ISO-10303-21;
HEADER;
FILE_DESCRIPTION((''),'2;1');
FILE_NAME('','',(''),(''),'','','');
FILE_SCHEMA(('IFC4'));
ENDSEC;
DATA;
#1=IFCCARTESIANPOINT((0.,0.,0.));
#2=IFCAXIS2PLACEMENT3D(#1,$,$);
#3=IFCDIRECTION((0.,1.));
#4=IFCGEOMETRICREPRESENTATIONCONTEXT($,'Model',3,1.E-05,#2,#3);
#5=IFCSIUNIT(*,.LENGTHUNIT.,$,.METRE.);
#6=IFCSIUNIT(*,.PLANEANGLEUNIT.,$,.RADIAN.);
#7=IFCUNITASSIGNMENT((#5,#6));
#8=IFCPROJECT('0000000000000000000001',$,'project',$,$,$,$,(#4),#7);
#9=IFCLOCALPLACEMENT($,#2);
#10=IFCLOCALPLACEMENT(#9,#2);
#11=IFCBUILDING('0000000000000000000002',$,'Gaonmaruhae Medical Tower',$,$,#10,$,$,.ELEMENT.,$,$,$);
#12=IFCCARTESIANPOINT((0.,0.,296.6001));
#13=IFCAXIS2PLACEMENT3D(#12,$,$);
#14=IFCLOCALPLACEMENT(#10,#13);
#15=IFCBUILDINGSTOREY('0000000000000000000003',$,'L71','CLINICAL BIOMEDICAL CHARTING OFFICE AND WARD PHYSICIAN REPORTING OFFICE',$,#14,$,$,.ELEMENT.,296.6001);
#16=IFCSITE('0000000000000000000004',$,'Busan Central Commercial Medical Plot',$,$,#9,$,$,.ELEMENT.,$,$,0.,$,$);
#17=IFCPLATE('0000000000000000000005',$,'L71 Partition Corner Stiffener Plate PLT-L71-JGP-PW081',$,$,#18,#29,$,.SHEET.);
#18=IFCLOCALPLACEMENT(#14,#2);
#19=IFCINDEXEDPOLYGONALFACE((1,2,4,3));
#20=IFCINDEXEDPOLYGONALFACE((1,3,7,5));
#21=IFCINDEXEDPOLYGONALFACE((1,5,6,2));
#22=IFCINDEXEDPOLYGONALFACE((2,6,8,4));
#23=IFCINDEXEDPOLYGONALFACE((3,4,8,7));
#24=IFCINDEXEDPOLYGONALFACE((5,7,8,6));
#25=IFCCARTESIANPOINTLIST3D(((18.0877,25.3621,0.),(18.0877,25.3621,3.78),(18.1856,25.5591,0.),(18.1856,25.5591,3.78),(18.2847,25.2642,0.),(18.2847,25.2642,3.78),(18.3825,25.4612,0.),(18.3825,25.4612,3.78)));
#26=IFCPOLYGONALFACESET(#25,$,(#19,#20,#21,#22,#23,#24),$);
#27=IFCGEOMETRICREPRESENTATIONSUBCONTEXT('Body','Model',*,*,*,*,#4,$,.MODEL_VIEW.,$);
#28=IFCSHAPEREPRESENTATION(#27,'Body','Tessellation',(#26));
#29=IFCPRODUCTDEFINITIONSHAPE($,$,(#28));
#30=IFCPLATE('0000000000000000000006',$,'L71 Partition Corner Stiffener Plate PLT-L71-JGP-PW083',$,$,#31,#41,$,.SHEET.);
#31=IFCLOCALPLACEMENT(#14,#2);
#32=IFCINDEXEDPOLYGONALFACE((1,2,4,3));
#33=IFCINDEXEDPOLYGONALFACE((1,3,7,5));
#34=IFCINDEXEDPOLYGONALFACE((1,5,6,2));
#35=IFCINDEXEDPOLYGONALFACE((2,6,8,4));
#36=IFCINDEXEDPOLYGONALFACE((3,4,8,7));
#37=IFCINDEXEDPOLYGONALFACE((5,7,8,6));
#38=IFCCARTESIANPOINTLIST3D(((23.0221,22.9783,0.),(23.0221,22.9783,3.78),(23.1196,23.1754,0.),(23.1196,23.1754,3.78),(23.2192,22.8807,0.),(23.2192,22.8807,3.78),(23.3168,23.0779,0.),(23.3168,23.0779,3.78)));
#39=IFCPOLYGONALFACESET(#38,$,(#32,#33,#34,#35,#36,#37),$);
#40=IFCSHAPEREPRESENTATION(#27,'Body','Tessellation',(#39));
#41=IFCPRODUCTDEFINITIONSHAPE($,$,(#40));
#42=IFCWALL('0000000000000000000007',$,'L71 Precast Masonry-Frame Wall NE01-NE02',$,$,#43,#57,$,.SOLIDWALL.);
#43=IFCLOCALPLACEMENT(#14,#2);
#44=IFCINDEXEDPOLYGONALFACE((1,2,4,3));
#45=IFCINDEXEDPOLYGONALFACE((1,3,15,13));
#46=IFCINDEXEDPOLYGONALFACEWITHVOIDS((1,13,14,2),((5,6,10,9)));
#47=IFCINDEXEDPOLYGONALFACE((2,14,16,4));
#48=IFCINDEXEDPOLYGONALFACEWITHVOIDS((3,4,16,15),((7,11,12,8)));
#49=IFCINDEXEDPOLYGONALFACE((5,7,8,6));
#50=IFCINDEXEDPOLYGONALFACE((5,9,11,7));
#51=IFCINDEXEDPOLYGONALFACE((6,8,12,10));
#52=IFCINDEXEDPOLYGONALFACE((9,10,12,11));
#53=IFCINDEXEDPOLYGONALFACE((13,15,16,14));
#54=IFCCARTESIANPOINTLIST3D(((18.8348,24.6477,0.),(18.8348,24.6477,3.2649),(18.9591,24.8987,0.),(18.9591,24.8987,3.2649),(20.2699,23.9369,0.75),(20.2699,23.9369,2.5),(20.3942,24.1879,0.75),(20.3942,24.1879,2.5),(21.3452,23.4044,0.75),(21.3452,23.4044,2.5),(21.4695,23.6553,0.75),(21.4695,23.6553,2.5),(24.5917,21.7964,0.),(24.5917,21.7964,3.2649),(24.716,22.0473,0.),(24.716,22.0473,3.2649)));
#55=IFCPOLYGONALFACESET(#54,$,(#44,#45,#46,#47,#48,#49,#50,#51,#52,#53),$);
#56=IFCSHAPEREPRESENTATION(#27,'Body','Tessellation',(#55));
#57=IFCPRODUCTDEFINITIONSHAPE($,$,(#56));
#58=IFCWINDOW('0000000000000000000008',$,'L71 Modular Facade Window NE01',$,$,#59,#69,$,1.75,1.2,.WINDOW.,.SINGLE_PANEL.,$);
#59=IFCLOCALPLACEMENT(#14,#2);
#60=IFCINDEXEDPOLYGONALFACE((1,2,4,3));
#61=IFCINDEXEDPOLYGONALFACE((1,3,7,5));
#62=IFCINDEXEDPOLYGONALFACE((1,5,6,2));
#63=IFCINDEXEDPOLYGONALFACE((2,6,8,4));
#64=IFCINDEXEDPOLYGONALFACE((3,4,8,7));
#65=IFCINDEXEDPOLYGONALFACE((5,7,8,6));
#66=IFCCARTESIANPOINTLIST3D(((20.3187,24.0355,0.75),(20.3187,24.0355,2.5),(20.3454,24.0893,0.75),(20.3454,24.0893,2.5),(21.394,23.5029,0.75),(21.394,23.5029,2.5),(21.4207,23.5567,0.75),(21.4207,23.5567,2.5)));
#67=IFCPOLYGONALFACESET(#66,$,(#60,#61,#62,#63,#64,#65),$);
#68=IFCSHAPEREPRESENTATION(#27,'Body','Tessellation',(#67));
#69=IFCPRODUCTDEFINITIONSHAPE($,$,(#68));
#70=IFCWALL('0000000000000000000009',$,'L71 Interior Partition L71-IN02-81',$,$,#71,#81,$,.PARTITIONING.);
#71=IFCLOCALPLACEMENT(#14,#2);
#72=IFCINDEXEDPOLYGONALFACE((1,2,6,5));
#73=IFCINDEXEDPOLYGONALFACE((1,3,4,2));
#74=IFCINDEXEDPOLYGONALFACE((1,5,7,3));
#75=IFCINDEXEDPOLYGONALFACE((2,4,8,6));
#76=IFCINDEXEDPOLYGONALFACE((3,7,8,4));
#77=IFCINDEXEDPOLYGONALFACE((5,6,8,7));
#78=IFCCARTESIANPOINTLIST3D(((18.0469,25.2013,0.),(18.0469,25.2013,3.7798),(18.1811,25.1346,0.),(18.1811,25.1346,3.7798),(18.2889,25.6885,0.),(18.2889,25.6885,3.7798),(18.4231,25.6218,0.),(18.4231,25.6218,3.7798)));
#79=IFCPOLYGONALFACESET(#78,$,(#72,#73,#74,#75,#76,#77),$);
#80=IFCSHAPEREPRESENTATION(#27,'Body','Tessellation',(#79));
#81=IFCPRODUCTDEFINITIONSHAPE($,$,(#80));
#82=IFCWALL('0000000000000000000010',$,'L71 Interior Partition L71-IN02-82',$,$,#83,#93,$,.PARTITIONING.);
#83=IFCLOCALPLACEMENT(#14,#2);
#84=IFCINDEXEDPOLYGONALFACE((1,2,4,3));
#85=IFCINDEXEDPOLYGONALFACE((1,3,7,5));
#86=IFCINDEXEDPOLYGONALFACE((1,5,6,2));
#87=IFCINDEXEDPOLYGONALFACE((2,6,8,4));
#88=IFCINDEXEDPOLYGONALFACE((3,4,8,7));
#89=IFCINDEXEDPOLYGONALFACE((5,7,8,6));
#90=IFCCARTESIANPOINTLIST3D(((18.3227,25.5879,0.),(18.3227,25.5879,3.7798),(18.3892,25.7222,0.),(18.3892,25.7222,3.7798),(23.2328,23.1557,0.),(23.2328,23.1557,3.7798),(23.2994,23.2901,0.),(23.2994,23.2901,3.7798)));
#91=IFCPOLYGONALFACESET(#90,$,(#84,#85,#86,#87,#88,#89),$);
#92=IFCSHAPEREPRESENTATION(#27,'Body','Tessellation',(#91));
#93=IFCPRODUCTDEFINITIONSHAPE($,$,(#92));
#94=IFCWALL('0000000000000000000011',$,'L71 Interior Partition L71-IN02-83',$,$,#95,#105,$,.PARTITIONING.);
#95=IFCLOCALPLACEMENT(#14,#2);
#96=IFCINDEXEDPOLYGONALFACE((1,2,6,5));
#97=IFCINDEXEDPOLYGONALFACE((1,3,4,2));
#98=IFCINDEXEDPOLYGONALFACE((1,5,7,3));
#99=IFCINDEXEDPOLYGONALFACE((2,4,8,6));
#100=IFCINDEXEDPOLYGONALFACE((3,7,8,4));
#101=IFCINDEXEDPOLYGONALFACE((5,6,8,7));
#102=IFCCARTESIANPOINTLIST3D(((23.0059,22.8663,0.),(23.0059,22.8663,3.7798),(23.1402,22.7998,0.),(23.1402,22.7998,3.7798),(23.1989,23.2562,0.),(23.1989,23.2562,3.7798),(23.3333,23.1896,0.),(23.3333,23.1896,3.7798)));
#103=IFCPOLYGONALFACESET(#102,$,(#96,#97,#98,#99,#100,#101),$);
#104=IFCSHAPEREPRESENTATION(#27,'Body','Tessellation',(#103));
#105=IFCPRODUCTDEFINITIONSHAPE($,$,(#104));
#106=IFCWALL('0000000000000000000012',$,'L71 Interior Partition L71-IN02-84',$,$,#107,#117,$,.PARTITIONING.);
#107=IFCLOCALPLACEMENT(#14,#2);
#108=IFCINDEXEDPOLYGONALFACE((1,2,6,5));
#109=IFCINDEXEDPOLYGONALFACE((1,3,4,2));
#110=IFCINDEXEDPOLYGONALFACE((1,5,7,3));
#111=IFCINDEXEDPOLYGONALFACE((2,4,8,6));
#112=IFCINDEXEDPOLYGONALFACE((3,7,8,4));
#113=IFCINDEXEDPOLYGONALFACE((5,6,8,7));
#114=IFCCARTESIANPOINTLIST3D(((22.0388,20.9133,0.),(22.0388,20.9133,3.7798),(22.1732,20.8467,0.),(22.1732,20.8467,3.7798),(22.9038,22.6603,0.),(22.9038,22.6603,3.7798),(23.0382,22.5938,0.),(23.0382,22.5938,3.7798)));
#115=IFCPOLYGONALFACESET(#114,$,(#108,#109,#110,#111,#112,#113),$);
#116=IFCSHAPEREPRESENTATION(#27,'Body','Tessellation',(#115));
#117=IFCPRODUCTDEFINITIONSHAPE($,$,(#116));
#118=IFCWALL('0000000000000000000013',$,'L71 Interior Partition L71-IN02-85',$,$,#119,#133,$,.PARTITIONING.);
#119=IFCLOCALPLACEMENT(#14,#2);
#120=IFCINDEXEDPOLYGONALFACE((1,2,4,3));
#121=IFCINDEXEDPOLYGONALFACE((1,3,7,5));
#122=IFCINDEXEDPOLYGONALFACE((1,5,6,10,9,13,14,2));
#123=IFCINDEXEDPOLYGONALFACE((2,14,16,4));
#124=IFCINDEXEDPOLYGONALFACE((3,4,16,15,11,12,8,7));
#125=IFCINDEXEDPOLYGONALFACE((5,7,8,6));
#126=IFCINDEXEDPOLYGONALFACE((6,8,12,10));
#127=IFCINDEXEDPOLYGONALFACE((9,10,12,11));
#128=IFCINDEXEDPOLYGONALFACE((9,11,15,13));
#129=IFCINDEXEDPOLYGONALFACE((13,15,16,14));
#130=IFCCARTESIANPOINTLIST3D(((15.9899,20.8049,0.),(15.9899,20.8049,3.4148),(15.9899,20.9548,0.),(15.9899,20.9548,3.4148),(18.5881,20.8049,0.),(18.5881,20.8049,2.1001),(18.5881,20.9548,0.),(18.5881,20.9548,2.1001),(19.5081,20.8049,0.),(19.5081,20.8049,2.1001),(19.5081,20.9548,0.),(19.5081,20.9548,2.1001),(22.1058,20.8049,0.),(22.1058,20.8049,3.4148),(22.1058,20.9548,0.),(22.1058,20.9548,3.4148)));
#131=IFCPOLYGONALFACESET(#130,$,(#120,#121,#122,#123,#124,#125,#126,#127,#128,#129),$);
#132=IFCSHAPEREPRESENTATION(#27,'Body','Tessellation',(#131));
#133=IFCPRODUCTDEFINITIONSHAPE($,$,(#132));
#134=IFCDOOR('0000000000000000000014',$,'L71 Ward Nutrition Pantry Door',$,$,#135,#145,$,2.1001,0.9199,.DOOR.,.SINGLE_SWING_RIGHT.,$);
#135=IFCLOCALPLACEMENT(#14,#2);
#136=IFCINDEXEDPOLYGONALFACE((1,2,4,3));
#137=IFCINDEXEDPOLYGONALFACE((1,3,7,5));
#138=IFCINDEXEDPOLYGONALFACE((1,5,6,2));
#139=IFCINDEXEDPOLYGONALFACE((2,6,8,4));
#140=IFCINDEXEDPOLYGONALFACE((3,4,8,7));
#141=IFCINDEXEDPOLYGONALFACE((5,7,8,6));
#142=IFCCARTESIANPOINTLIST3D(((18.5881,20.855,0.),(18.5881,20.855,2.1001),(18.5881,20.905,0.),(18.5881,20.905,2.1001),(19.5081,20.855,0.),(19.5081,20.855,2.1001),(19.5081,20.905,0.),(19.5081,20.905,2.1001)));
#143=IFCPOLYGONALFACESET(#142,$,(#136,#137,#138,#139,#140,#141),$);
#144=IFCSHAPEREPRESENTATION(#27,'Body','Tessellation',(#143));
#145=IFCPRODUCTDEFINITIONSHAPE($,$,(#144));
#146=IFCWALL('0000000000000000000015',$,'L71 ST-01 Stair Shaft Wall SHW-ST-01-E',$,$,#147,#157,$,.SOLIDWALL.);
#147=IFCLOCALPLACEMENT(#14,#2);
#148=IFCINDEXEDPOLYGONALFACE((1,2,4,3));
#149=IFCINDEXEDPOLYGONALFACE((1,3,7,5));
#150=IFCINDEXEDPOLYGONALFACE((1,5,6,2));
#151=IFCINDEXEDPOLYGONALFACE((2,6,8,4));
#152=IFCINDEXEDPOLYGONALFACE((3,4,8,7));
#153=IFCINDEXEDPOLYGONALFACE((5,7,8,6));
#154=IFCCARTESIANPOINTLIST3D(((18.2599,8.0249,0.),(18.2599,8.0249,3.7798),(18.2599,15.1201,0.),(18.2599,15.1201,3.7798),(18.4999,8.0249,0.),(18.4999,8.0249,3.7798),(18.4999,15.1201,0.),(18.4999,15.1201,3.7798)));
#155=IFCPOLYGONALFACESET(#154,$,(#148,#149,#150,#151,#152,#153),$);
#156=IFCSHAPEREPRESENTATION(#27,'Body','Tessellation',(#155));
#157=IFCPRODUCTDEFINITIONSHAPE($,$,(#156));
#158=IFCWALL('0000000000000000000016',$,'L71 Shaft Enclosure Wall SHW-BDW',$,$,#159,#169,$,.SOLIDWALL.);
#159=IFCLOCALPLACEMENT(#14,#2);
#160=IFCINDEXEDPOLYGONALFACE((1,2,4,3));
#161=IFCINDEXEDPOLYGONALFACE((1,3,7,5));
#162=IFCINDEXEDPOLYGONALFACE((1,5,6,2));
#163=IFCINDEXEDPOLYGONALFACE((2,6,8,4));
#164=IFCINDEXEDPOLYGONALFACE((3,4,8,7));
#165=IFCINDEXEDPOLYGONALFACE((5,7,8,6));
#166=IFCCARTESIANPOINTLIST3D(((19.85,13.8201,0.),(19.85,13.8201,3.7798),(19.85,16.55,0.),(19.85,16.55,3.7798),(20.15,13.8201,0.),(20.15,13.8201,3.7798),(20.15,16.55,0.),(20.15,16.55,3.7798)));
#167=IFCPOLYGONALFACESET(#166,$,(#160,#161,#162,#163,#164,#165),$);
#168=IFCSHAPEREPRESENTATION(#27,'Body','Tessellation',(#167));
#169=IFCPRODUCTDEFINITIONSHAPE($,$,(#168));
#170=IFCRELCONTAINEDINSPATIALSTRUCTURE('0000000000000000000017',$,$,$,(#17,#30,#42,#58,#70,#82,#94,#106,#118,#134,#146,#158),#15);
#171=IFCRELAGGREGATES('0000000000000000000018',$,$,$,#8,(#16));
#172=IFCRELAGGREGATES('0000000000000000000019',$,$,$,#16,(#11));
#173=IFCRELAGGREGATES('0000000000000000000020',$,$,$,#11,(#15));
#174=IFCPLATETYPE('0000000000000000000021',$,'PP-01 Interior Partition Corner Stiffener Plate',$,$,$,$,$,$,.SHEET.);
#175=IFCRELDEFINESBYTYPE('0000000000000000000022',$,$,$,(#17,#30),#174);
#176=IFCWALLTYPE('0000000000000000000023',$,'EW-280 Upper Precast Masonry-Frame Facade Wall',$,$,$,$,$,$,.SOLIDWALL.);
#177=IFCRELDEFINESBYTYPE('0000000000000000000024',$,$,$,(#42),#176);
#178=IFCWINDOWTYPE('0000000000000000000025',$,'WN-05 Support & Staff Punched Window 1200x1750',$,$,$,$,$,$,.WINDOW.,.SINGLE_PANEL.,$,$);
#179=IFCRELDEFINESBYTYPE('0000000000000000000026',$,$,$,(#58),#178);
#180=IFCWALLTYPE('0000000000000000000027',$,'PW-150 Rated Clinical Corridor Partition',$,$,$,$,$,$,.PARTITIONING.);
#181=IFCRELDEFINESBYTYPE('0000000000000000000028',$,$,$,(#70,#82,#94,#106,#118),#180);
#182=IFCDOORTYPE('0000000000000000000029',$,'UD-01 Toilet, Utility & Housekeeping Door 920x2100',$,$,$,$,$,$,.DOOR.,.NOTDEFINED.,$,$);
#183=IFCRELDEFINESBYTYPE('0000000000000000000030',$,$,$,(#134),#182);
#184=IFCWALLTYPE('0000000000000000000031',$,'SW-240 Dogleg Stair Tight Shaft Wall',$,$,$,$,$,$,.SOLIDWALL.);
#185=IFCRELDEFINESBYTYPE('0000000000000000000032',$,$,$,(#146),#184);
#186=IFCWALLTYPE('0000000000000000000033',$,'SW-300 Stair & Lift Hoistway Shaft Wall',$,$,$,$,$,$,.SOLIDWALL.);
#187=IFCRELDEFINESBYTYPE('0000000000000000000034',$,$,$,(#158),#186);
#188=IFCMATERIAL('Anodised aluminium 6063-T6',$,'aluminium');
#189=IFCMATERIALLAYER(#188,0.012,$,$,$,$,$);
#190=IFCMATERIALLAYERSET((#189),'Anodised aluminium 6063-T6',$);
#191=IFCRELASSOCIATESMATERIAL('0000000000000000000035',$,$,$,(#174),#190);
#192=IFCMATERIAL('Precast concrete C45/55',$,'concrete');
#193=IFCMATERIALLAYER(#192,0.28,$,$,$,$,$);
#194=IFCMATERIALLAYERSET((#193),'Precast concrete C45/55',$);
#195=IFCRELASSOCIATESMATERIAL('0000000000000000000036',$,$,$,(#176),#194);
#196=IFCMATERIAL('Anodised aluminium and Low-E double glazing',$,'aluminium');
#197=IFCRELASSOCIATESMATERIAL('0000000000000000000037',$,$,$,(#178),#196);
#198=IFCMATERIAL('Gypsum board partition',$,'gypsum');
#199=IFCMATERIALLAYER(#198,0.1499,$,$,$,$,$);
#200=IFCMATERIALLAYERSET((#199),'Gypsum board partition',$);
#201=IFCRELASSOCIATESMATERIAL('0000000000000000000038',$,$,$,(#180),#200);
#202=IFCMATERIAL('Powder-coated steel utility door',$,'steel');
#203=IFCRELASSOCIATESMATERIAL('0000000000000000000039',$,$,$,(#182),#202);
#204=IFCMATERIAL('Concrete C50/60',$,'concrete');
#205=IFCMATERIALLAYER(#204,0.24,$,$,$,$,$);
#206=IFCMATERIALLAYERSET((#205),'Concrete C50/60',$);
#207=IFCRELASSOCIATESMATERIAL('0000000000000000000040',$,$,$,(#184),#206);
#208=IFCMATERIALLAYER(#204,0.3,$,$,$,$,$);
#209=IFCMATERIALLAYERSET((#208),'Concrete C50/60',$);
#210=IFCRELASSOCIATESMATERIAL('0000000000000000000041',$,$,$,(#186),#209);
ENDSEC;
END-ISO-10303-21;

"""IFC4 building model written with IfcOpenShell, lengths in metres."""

from ifc_helpers import new_model, si_unit, direction, frame, frame_2d, origin, origin_2d, place, context, subcontext, project, spatial, rectangle, extrude, material, layer, layer_set, type_object, element, fill, save


model = new_model("IFC4")

# Units and contexts
model_context = context("Model", 3, precision=1e-05, world=origin(), true_north=direction((0.0, 1.0)))
body_context = subcontext(model_context, "Body", "Model", "MODEL_VIEW")
ifc_project = project(units=[si_unit("LENGTHUNIT", "METRE"), si_unit("PLANEANGLEUNIT", "RADIAN")], contexts=[model_context])

# Site, building, storey
site_placement = place(None, origin())
site = spatial("IfcSite", under=ifc_project, at=site_placement, Name="Busan Central Commercial Medical Plot", CompositionType="ELEMENT", RefElevation=0.0)
building_placement = place(site_placement, origin())
building = spatial("IfcBuilding", under=site, at=building_placement, Name="Gaonmaruhae Medical Tower", CompositionType="ELEMENT")
storey_placement = place(building_placement, frame((0.0, 0.0, 296.6001)))
storey = spatial("IfcBuildingStorey", under=building, at=storey_placement, Name="L71", Description="CLINICAL BIOMEDICAL CHARTING OFFICE AND WARD PHYSICIAN REPORTING OFFICE", CompositionType="ELEMENT", Elevation=296.6001)

# Shared definitions
ifc_material_1 = material(Name="Concrete C50/60", Category="concrete")

# Plates
ifc_material_2 = material(Name="Anodised aluminium 6063-T6", Category="aluminium")
ifc_layer_1 = layer(ifc_material_2, 0.012)
ifc_layer_set_1 = layer_set([ifc_layer_1], Name="Anodised aluminium 6063-T6")
plate_type = type_object("IfcPlateType", Name="PP-01 Interior Partition Corner Stiffener Plate", PredefinedType="SHEET", material=ifc_layer_set_1)
for number, where, z_axis, x_axis, name in (
    (1, (18.2351, 25.4116, 0.0), (0.0, 0.0, 1.0), (0.44501, 0.895525, 0.0), "L71 Partition Corner Stiffener Plate PLT-L71-JGP-PW081"),
    (2, (23.1694, 23.0281, 0.0), (0.0, 0.0, 1.0), (-0.443541, -0.896254, 0.0), "L71 Partition Corner Stiffener Plate PLT-L71-JGP-PW083"),
):
    element("IfcPlate", number, at=place(storey_placement, frame(where, z_axis=z_axis, x_axis=x_axis)), inside=storey, type_object=plate_type, Name=name, PredefinedType="SHEET", context=body_context, shape_type="SweptSolid", body=[
        extrude(rectangle(XDim=0.22, YDim=0.22, at=origin_2d()), origin(), (0.0, 0.0, 1.0), 3.78),
    ])

# Wall, opening, window
ifc_material_3 = material(Name="Precast concrete C45/55", Category="concrete")
ifc_layer_2 = layer(ifc_material_3, 0.28)
ifc_layer_set_2 = layer_set([ifc_layer_2], Name="Precast concrete C45/55")
wall_type_1 = type_object("IfcWallType", Name="EW-280 Upper Precast Masonry-Frame Facade Wall", PredefinedType="SOLIDWALL", material=ifc_layer_set_2)
wall_1_placement = place(storey_placement, frame((18.897, 24.7732, 0.0), z_axis=(0.0, 0.0, 1.0), x_axis=(0.896108, -0.443836, 0.0)))
wall_1 = element("IfcWall", 3, at=wall_1_placement, inside=storey, type_object=wall_type_1, Name="L71 Precast Masonry-Frame Wall NE01-NE02", PredefinedType="SOLIDWALL", context=body_context, shape_type="SweptSolid", body=[
    extrude(rectangle(XDim=6.4243, YDim=0.28, at=frame_2d((3.2122, 0.0))), origin(), (0.0, 0.0, 1.0), 3.2649),
])
opening_1_placement = place(wall_1_placement, frame((1.6013, 0.0, 0.75)))
opening_1 = element("IfcOpeningElement", 4, at=opening_1_placement, cuts=wall_1, PredefinedType="OPENING", context=body_context, shape_type="SweptSolid", body=[
    extrude(rectangle(XDim=1.2, YDim=1.75, at=frame_2d((0.6001, 0.875))), frame((0.0, 0.1499, 0.0), z_axis=(0.0, -1.0, 0.0), x_axis=(1.0, 0.0, 0.0)), (0.0, 0.0, 1.0), 0.3),
])
ifc_material_4 = material(Name="Anodised aluminium and Low-E double glazing", Category="aluminium")
window_type = type_object("IfcWindowType", Name="WN-05 Support & Staff Punched Window 1200x1750", PartitioningType="SINGLE_PANEL", PredefinedType="WINDOW", material=ifc_material_4)
window_placement = place(opening_1_placement, origin())
window = element("IfcWindow", 5, at=window_placement, inside=storey, type_object=window_type, Name="L71 Modular Facade Window NE01", OverallHeight=1.75, OverallWidth=1.2, PartitioningType="SINGLE_PANEL", PredefinedType="WINDOW", context=body_context, shape_type="SweptSolid", body=[
    extrude(rectangle(XDim=1.2, YDim=1.75, at=frame_2d((0.6001, 0.875))), frame((0.0, 0.03, 0.0), z_axis=(0.0, -1.0, 0.0), x_axis=(1.0, 0.0, 0.0)), (0.0, 0.0, 1.0), 0.0601),
])
fill(opening_1, window)

# Walls
ifc_material_5 = material(Name="Gypsum board partition", Category="gypsum")
ifc_layer_3 = layer(ifc_material_5, 0.1499)
ifc_layer_set_3 = layer_set([ifc_layer_3], Name="Gypsum board partition")
wall_type_2 = type_object("IfcWallType", Name="PW-150 Rated Clinical Corridor Partition", PredefinedType="PARTITIONING", material=ifc_layer_set_3)
wall_2_placement = place(storey_placement, frame((18.114, 25.168, 0.0), z_axis=(0.0, 0.0, 1.0), x_axis=(0.444878, 0.895591, 0.0)))
element("IfcWall", 6, at=wall_2_placement, inside=storey, type_object=wall_type_2, Name="L71 Interior Partition L71-IN02-81", PredefinedType="PARTITIONING", context=body_context, shape_type="SweptSolid", body=[
    extrude(rectangle(XDim=0.5439, YDim=0.1499, at=frame_2d((0.272, 0.0))), origin(), (0.0, 0.0, 1.0), 3.7798),
])
wall_3_placement = place(storey_placement, frame((18.356, 25.655, 0.0), z_axis=(0.0, 0.0, 1.0), x_axis=(0.896096, -0.44386, 0.0)))
element("IfcWall", 7, at=wall_3_placement, inside=storey, type_object=wall_type_2, Name="L71 Interior Partition L71-IN02-82", PredefinedType="PARTITIONING", context=body_context, shape_type="SweptSolid", body=[
    extrude(rectangle(XDim=5.4795, YDim=0.1499, at=frame_2d((2.7397, 0.0))), origin(), (0.0, 0.0, 1.0), 3.7798),
])
wall_4_placement = place(storey_placement, frame((23.2661, 23.2229, 0.0), z_axis=(0.0, 0.0, 1.0), x_axis=(-0.443844, -0.896104, 0.0)))
element("IfcWall", 8, at=wall_4_placement, inside=storey, type_object=wall_type_2, Name="L71 Interior Partition L71-IN02-83", PredefinedType="PARTITIONING", context=body_context, shape_type="SweptSolid", body=[
    extrude(rectangle(XDim=0.4351, YDim=0.1499, at=frame_2d((0.2175, 0.0))), origin(), (0.0, 0.0, 1.0), 3.7798),
])
wall_5_placement = place(storey_placement, frame((22.9709, 22.627, 0.0), z_axis=(0.0, 0.0, 1.0), x_axis=(-0.443704, -0.896174, 0.0)))
element("IfcWall", 9, at=wall_5_placement, inside=storey, type_object=wall_type_2, Name="L71 Interior Partition L71-IN02-84", PredefinedType="PARTITIONING", context=body_context, shape_type="SweptSolid", body=[
    extrude(rectangle(XDim=1.9495, YDim=0.1499, at=frame_2d((0.9746, 0.0))), origin(), (0.0, 0.0, 1.0), 3.7798),
])

# Wall, opening, door
wall_6_placement = place(storey_placement, frame((22.106, 20.8799, 0.0), z_axis=(0.0, 0.0, 1.0), x_axis=(-1.0, 0.0, 0.0)))
wall_6 = element("IfcWall", 10, at=wall_6_placement, inside=storey, type_object=wall_type_2, Name="L71 Interior Partition L71-IN02-85", PredefinedType="PARTITIONING", context=body_context, shape_type="SweptSolid", body=[
    extrude(rectangle(XDim=6.116, YDim=0.1499, at=frame_2d((3.0581, 0.0))), origin(), (0.0, 0.0, 1.0), 3.4148),
])
opening_2_placement = place(wall_6_placement, frame((2.5979, 0.0, 0.0)))
opening_2 = element("IfcOpeningElement", 11, at=opening_2_placement, cuts=wall_6, PredefinedType="OPENING", context=body_context, shape_type="SweptSolid", body=[
    extrude(rectangle(XDim=0.9199, YDim=2.1001, at=frame_2d((0.46, 1.05))), frame((0.0, 0.085, 0.0), z_axis=(0.0, -1.0, 0.0), x_axis=(1.0, 0.0, 0.0)), (0.0, 0.0, 1.0), 0.1699),
])
ifc_material_6 = material(Name="Powder-coated steel utility door", Category="steel")
door_type_1 = type_object("IfcDoorType", Name="UD-01 Toilet, Utility & Housekeeping Door 920x2100", OperationType="NOTDEFINED", PredefinedType="DOOR", material=ifc_material_6)
door_1_placement = place(opening_2_placement, origin())
door_1 = element("IfcDoor", 12, at=door_1_placement, inside=storey, type_object=door_type_1, Name="L71 Ward Nutrition Pantry Door", OperationType="SINGLE_SWING_RIGHT", OverallHeight=2.1001, OverallWidth=0.9199, PredefinedType="DOOR", context=body_context, shape_type="SweptSolid", body=[
    extrude(rectangle(XDim=0.9199, YDim=2.1001, at=frame_2d((0.46, 1.05))), frame((0.0, 0.0249, 0.0), z_axis=(0.0, -1.0, 0.0), x_axis=(1.0, 0.0, 0.0)), (0.0, 0.0, 1.0), 0.05),
])
fill(opening_2, door_1)

# Wall
ifc_layer_4 = layer(ifc_material_1, 0.24)
ifc_layer_set_4 = layer_set([ifc_layer_4], Name="Concrete C50/60")
wall_type_3 = type_object("IfcWallType", Name="SW-240 Dogleg Stair Tight Shaft Wall", PredefinedType="SOLIDWALL", material=ifc_layer_set_4)
wall_7_placement = place(storey_placement, frame((18.3799, 15.1201, 0.0), z_axis=(0.0, 0.0, 1.0), x_axis=(0.0, -1.0, 0.0)))
element("IfcWall", 13, at=wall_7_placement, inside=storey, type_object=wall_type_3, Name="L71 ST-01 Stair Shaft Wall SHW-ST-01-E", PredefinedType="SOLIDWALL", context=body_context, shape_type="SweptSolid", body=[
    extrude(rectangle(XDim=7.0952, YDim=0.24, at=frame_2d((3.5476, 0.0))), origin(), (0.0, 0.0, 1.0), 3.7798),
])

# Shared definitions
ifc_layer_5 = layer(ifc_material_1, 0.3)
ifc_layer_set_5 = layer_set([ifc_layer_5], Name="Concrete C50/60")
wall_type_4 = type_object("IfcWallType", Name="SW-300 Stair & Lift Hoistway Shaft Wall", PredefinedType="SOLIDWALL", material=ifc_layer_set_5)

# Wall
wall_8_placement = place(storey_placement, frame((20.0, 13.8201, 0.0), z_axis=(0.0, 0.0, 1.0), x_axis=(0.0, 1.0, 0.0)))
element("IfcWall", 14, at=wall_8_placement, inside=storey, type_object=wall_type_4, Name="L71 Shaft Enclosure Wall SHW-BDW", PredefinedType="SOLIDWALL", context=body_context, shape_type="SweptSolid", body=[
    extrude(rectangle(XDim=2.73, YDim=0.3, at=frame_2d((1.365, 0.0))), origin(), (0.0, 0.0, 1.0), 3.7798),
])

save(model, "model.ifc")
